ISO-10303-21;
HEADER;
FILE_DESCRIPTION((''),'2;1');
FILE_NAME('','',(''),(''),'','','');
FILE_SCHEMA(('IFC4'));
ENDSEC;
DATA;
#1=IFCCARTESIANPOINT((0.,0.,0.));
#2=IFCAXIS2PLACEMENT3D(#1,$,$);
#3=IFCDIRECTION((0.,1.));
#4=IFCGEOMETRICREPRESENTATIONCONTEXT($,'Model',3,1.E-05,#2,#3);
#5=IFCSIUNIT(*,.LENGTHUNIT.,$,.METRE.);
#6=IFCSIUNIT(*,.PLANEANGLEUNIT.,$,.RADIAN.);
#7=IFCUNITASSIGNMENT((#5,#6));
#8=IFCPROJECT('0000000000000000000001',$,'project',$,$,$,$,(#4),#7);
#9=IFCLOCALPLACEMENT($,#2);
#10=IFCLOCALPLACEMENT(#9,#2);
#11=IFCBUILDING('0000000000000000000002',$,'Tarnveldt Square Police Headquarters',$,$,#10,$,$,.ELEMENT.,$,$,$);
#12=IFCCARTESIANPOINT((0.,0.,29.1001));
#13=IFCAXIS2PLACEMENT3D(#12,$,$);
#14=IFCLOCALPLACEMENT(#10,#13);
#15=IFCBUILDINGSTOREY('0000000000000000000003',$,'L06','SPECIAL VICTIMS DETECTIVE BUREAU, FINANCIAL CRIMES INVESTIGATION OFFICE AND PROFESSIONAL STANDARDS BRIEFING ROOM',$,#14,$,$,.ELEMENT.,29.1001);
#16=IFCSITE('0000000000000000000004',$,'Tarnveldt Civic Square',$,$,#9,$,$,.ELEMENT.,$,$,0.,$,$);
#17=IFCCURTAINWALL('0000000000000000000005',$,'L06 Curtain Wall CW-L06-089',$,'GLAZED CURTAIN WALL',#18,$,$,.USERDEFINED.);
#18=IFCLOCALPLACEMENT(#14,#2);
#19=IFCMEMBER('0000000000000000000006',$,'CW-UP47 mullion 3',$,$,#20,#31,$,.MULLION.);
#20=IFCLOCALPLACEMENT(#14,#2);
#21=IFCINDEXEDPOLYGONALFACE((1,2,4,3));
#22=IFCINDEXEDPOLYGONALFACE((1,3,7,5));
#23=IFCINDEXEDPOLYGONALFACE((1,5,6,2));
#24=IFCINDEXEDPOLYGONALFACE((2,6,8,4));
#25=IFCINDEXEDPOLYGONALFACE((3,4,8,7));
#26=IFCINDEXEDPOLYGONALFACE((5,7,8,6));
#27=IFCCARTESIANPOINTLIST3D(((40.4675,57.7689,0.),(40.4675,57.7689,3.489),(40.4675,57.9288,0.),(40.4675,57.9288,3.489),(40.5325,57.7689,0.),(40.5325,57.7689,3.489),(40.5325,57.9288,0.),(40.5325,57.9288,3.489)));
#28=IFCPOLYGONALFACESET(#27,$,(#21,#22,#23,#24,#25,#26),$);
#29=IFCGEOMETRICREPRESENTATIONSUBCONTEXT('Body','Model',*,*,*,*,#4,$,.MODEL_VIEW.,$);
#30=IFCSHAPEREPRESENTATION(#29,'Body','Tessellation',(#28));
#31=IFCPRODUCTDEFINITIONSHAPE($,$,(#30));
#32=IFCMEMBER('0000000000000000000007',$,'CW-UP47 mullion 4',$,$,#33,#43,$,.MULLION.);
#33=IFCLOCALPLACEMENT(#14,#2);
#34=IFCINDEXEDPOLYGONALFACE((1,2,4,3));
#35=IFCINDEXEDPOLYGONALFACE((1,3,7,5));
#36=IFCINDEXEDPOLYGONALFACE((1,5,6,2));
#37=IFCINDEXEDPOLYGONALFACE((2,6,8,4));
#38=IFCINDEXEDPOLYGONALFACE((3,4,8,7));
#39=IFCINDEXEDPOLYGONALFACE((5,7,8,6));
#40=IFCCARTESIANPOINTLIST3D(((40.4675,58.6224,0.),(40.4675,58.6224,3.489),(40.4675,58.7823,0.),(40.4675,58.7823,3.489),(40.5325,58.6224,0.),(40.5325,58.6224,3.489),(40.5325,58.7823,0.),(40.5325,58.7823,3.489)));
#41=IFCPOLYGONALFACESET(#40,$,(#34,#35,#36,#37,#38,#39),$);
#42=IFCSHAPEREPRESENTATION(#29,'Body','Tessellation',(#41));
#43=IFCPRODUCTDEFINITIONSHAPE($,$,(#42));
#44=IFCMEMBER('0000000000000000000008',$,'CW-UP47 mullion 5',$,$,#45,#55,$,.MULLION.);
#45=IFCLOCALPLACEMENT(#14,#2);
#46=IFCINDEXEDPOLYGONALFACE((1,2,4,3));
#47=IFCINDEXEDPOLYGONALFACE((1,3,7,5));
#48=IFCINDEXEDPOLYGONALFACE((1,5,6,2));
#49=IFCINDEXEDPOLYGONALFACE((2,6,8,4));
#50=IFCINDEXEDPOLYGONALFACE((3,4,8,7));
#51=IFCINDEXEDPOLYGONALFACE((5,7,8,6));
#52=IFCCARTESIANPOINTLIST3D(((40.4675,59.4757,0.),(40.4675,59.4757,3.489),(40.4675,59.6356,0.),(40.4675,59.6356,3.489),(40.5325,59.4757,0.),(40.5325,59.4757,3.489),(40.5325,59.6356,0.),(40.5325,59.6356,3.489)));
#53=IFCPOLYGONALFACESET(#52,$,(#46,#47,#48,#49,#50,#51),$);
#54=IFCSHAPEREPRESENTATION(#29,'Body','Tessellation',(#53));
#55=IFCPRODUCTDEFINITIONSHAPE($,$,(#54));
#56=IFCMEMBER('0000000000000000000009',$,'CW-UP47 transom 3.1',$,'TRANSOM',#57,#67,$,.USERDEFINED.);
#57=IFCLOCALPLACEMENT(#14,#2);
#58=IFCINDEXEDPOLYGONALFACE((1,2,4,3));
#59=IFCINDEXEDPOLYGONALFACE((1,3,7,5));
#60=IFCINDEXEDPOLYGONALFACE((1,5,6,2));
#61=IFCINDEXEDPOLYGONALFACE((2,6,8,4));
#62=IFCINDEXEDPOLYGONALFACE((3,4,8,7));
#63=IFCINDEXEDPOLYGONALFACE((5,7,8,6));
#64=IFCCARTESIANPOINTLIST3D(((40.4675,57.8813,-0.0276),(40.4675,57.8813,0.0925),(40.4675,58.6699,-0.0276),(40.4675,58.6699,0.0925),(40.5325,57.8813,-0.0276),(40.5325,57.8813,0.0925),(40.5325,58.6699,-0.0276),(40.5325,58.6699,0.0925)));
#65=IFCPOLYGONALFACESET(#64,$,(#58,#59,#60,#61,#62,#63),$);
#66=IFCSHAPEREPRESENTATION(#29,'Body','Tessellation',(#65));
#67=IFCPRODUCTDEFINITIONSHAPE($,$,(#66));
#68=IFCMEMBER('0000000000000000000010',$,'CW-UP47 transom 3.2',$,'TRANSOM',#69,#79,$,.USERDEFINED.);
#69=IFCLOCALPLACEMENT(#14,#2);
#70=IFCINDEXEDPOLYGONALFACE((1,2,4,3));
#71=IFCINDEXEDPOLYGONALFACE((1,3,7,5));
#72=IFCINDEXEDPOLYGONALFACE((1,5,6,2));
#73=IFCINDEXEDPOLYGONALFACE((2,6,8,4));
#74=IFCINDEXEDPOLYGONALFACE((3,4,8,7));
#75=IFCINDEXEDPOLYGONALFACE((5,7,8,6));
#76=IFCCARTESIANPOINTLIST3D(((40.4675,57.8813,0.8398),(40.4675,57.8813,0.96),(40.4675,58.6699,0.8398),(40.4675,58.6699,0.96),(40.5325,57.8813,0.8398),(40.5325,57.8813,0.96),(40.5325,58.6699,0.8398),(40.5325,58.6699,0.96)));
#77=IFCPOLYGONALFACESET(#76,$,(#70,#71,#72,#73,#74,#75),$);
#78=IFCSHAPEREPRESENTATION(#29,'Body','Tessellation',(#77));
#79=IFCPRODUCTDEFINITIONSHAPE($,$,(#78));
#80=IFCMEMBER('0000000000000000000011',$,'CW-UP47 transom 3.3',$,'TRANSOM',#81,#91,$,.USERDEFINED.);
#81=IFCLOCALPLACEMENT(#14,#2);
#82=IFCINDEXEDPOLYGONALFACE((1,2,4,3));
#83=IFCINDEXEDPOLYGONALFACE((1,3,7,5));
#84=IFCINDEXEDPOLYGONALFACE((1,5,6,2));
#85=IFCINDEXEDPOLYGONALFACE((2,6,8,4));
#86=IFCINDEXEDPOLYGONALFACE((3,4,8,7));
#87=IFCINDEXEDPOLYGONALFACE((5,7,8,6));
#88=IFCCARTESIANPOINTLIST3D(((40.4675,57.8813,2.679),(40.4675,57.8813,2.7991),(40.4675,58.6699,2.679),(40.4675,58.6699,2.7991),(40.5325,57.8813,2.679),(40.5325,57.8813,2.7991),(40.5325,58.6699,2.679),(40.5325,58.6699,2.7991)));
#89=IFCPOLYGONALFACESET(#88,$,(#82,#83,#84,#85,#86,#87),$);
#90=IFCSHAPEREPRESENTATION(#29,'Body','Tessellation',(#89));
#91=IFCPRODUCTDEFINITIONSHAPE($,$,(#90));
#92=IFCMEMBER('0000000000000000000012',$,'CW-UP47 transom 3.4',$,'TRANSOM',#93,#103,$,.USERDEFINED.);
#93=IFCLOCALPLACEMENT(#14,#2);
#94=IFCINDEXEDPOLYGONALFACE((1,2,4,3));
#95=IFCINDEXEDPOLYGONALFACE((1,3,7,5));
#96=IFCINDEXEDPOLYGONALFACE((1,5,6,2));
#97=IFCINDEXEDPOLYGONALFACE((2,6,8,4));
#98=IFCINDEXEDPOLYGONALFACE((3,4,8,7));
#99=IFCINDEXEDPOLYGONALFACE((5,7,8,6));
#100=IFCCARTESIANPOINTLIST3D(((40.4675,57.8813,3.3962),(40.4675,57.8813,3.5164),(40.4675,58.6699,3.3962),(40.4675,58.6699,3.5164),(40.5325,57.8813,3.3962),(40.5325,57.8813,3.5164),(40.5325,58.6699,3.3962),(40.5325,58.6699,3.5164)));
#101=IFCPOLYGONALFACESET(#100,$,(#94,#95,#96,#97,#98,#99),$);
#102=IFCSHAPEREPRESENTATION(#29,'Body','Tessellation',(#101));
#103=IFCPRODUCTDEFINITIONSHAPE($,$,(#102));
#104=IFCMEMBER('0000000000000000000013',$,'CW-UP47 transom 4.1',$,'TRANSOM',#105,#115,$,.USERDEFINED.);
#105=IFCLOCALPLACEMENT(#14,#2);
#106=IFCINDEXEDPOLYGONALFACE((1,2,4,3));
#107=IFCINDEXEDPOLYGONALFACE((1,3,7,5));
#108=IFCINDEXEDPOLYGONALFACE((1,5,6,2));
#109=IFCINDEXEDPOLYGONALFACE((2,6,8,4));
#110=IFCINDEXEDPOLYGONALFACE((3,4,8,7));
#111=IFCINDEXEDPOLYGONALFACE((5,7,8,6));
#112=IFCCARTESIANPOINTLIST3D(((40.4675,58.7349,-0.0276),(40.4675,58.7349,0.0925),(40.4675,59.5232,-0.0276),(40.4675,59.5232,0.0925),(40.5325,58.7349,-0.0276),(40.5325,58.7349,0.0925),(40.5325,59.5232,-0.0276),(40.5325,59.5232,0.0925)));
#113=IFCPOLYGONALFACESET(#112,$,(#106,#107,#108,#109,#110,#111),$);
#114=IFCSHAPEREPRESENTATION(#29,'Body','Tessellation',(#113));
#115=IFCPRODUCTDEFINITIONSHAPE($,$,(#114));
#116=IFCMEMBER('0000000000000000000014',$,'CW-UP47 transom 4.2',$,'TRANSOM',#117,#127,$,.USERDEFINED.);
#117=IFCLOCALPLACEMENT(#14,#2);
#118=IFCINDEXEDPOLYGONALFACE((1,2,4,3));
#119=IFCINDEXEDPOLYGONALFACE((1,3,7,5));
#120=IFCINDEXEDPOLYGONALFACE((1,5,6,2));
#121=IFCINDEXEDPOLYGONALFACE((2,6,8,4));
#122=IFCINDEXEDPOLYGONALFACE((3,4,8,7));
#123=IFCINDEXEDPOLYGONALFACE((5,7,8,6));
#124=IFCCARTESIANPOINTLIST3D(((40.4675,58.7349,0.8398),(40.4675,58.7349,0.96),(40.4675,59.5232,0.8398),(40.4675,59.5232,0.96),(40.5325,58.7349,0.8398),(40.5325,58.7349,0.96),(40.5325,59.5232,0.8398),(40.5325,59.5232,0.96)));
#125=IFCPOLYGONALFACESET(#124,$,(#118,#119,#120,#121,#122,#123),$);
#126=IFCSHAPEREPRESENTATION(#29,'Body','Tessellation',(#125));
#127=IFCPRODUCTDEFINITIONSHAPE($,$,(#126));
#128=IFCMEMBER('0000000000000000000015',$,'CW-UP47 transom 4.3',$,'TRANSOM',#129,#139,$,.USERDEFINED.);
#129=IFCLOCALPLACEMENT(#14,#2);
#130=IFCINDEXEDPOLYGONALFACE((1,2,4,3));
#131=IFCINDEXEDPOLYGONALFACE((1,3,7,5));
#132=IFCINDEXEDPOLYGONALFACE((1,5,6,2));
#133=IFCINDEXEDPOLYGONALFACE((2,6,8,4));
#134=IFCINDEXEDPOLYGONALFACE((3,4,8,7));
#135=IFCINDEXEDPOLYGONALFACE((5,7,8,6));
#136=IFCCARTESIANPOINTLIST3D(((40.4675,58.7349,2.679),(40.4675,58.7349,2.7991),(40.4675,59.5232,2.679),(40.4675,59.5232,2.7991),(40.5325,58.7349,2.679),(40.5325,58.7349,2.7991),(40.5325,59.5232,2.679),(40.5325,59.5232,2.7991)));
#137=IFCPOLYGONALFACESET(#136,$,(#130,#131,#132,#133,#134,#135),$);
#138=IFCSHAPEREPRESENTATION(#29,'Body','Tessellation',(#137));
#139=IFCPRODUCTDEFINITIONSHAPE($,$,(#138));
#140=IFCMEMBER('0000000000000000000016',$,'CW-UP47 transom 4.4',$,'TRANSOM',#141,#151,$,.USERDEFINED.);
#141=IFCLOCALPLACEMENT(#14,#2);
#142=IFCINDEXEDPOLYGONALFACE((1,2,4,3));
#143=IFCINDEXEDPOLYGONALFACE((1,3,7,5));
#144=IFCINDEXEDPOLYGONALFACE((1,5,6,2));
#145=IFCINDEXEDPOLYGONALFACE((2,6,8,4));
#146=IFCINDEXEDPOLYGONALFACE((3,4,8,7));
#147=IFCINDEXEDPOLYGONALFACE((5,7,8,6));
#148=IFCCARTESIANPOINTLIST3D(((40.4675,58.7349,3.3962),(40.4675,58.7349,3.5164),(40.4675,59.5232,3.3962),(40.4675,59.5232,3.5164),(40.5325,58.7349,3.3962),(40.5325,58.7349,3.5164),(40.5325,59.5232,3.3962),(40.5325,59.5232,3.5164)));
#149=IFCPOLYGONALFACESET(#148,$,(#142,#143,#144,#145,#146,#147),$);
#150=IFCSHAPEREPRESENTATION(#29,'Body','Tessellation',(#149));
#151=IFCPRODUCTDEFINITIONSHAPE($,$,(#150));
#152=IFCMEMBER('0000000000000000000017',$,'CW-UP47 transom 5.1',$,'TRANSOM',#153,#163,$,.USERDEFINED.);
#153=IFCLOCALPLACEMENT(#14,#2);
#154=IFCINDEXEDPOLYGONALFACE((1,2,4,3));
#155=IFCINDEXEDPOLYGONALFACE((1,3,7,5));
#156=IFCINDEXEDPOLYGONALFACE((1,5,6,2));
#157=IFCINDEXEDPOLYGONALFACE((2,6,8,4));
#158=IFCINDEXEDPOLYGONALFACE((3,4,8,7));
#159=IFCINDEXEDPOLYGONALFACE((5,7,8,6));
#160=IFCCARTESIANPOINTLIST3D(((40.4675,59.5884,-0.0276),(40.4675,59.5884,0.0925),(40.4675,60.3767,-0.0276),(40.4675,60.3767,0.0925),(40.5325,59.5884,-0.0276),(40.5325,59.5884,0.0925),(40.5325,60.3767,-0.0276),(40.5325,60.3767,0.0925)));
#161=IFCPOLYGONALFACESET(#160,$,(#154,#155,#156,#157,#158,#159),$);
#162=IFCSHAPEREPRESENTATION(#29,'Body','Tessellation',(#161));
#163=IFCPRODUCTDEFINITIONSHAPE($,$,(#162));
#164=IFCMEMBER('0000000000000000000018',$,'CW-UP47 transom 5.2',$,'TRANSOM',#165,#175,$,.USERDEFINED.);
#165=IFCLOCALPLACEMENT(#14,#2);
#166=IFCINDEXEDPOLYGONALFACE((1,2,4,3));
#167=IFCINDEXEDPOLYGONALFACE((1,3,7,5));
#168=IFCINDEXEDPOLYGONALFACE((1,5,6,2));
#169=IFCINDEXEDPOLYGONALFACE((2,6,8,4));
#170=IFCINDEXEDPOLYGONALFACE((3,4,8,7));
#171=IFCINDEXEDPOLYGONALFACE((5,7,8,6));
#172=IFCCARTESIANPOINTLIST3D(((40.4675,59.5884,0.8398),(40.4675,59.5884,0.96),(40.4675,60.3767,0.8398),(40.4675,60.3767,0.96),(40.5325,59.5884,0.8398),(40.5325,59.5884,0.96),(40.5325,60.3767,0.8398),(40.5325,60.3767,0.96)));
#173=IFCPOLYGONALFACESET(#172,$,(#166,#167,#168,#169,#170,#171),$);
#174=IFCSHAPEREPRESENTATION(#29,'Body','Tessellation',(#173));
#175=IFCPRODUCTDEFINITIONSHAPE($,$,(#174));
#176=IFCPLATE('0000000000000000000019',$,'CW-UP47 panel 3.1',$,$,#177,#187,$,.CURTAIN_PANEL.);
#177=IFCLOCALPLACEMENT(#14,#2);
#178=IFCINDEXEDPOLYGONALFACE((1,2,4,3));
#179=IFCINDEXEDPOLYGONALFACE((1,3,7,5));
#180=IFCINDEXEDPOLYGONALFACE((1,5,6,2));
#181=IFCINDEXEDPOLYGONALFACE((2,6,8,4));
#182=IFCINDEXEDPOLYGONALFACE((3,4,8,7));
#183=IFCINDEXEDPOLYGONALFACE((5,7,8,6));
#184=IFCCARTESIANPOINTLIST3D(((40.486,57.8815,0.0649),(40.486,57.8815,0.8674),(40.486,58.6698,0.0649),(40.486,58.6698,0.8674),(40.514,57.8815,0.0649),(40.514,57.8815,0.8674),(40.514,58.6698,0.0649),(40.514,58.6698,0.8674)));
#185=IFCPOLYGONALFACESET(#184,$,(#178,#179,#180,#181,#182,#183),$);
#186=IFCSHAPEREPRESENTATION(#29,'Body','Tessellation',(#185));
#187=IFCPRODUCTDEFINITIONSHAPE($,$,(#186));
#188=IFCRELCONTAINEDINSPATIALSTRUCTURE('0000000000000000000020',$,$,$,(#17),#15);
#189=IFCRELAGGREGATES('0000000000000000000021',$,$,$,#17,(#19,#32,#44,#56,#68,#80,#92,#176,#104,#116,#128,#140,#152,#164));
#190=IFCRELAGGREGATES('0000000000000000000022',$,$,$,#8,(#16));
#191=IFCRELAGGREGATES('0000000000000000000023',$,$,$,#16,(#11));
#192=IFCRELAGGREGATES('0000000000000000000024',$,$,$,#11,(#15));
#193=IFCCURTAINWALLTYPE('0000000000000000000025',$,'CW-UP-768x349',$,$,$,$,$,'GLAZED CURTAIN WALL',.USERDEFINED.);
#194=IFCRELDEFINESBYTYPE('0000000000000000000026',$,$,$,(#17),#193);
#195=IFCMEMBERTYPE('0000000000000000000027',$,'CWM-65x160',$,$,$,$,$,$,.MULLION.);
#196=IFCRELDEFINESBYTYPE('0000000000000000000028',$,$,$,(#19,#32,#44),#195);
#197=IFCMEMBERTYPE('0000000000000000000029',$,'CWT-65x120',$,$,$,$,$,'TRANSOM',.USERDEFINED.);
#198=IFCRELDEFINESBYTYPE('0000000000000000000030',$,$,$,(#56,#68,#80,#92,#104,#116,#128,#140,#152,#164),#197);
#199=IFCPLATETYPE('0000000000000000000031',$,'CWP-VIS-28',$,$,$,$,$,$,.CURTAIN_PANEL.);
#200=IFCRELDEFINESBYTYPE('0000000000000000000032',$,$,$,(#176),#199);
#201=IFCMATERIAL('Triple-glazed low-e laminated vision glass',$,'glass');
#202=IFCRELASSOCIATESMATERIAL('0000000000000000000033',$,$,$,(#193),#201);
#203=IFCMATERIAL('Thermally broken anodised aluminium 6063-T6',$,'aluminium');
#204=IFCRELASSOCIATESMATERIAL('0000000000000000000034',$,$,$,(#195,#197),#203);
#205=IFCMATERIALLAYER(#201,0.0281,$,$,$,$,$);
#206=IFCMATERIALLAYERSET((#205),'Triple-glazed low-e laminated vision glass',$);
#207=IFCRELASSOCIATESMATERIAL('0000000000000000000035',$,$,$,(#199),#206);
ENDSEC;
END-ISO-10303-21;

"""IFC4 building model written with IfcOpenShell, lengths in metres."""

from ifc_helpers import new_model, si_unit, direction, frame, origin, origin_2d, place, context, subcontext, project, spatial, rectangle, extrude, material, layer, layer_set, material_profile, profile_set, type_object, element, aggregate, save


model = new_model("IFC4")

# Units and contexts
model_context = context("Model", 3, precision=1e-05, world=origin(), true_north=direction((0.0, 1.0)))
body_context = subcontext(model_context, "Body", "Model", "MODEL_VIEW")
ifc_project = project(units=[si_unit("LENGTHUNIT", "METRE"), si_unit("PLANEANGLEUNIT", "RADIAN")], contexts=[model_context])

# Site, building, storey
site_placement = place(None, origin())
site = spatial("IfcSite", under=ifc_project, at=site_placement, Name="Tarnveldt Civic Square", CompositionType="ELEMENT", RefElevation=0.0)
building_placement = place(site_placement, origin())
building = spatial("IfcBuilding", under=site, at=building_placement, Name="Tarnveldt Square Police Headquarters", CompositionType="ELEMENT")
storey_placement = place(building_placement, frame((0.0, 0.0, 29.1001)))
storey = spatial("IfcBuildingStorey", under=building, at=storey_placement, Name="L06", Description="SPECIAL VICTIMS DETECTIVE BUREAU, FINANCIAL CRIMES INVESTIGATION OFFICE AND PROFESSIONAL STANDARDS BRIEFING ROOM", CompositionType="ELEMENT", Elevation=29.1001)

# Curtain wall, members, plate
ifc_material_1 = material(Name="Triple-glazed low-e laminated vision glass", Category="glass")
curtain_wall_type = type_object("IfcCurtainWallType", Name="CW-UP-768x349", ElementType="GLAZED CURTAIN WALL", PredefinedType="USERDEFINED", material=ifc_material_1)
curtain_wall_placement = place(storey_placement, origin())
curtain_wall = element("IfcCurtainWall", 1, at=curtain_wall_placement, inside=storey, type_object=curtain_wall_type, Name="L06 Curtain Wall CW-L06-089", ObjectType="GLAZED CURTAIN WALL", PredefinedType="USERDEFINED")
ifc_material_2 = material(Name="Thermally broken anodised aluminium 6063-T6", Category="aluminium")
ifc_material_profile_1 = material_profile(ifc_material_2, rectangle(XDim=0.0649, YDim=0.1599, at=origin_2d()), Name="CW-M65x160")
ifc_profile_set_1 = profile_set([ifc_material_profile_1], Name="Thermally broken anodised aluminium 6063-T6")
member_type_1 = type_object("IfcMemberType", Name="CWM-65x160", PredefinedType="MULLION", material=ifc_profile_set_1)
member_1_placement = place(storey_placement, frame((40.5, 57.8489, 0.0), z_axis=(0.0, 0.0, 1.0), x_axis=(-1.0, 0.0, 0.0)))
member_1 = element("IfcMember", 2, at=member_1_placement, type_object=member_type_1, Name="CW-UP47 mullion 3", PredefinedType="MULLION", context=body_context, shape_type="SweptSolid", body=[
    extrude(rectangle(XDim=0.0649, YDim=0.1599, at=origin_2d()), origin(), (0.0, 0.0, 1.0), 3.489),
])
member_2_placement = place(storey_placement, frame((40.5, 58.7024, 0.0), z_axis=(0.0, 0.0, 1.0), x_axis=(-1.0, 0.0, 0.0)))
member_2 = element("IfcMember", 3, at=member_2_placement, type_object=member_type_1, Name="CW-UP47 mullion 4", PredefinedType="MULLION", context=body_context, shape_type="SweptSolid", body=[
    extrude(rectangle(XDim=0.0649, YDim=0.1599, at=origin_2d()), origin(), (0.0, 0.0, 1.0), 3.489),
])
member_3_placement = place(storey_placement, frame((40.5, 59.5557, 0.0), z_axis=(0.0, 0.0, 1.0), x_axis=(-1.0, 0.0, 0.0)))
member_3 = element("IfcMember", 4, at=member_3_placement, type_object=member_type_1, Name="CW-UP47 mullion 5", PredefinedType="MULLION", context=body_context, shape_type="SweptSolid", body=[
    extrude(rectangle(XDim=0.0649, YDim=0.1599, at=origin_2d()), origin(), (0.0, 0.0, 1.0), 3.489),
])
ifc_material_profile_2 = material_profile(ifc_material_2, rectangle(XDim=0.0649, YDim=0.1201, at=origin_2d()), Name="CW-T65x120")
ifc_profile_set_2 = profile_set([ifc_material_profile_2], Name="Thermally broken anodised aluminium 6063-T6")
member_type_2 = type_object("IfcMemberType", Name="CWT-65x120", ElementType="TRANSOM", PredefinedType="USERDEFINED", material=ifc_profile_set_2)
member_4_placement = place(storey_placement, frame((40.5, 57.8813, 0.0325), z_axis=(0.0, 1.0, 0.0), x_axis=(-1.0, 0.0, 0.0)))
member_4 = element("IfcMember", 5, at=member_4_placement, type_object=member_type_2, Name="CW-UP47 transom 3.1", ObjectType="TRANSOM", PredefinedType="USERDEFINED", context=body_context, shape_type="SweptSolid", body=[
    extrude(rectangle(XDim=0.0649, YDim=0.1201, at=origin_2d()), origin(), (0.0, 0.0, 1.0), 0.7886),
])
member_5_placement = place(storey_placement, frame((40.5, 57.8813, 0.8999), z_axis=(0.0, 1.0, 0.0), x_axis=(-1.0, 0.0, 0.0)))
member_5 = element("IfcMember", 6, at=member_5_placement, type_object=member_type_2, Name="CW-UP47 transom 3.2", ObjectType="TRANSOM", PredefinedType="USERDEFINED", context=body_context, shape_type="SweptSolid", body=[
    extrude(rectangle(XDim=0.0649, YDim=0.1201, at=origin_2d()), origin(), (0.0, 0.0, 1.0), 0.7886),
])
member_6_placement = place(storey_placement, frame((40.5, 57.8813, 2.739), z_axis=(0.0, 1.0, 0.0), x_axis=(-1.0, 0.0, 0.0)))
member_6 = element("IfcMember", 7, at=member_6_placement, type_object=member_type_2, Name="CW-UP47 transom 3.3", ObjectType="TRANSOM", PredefinedType="USERDEFINED", context=body_context, shape_type="SweptSolid", body=[
    extrude(rectangle(XDim=0.0649, YDim=0.1201, at=origin_2d()), origin(), (0.0, 0.0, 1.0), 0.7886),
])
member_7_placement = place(storey_placement, frame((40.5, 57.8813, 3.4563), z_axis=(0.0, 1.0, 0.0), x_axis=(-1.0, 0.0, 0.0)))
member_7 = element("IfcMember", 8, at=member_7_placement, type_object=member_type_2, Name="CW-UP47 transom 3.4", ObjectType="TRANSOM", PredefinedType="USERDEFINED", context=body_context, shape_type="SweptSolid", body=[
    extrude(rectangle(XDim=0.0649, YDim=0.1201, at=origin_2d()), origin(), (0.0, 0.0, 1.0), 0.7886),
])
member_8_placement = place(storey_placement, frame((40.5, 58.7349, 0.0325), z_axis=(0.0, 1.0, 0.0), x_axis=(-1.0, 0.0, 0.0)))
member_8 = element("IfcMember", 9, at=member_8_placement, type_object=member_type_2, Name="CW-UP47 transom 4.1", ObjectType="TRANSOM", PredefinedType="USERDEFINED", context=body_context, shape_type="SweptSolid", body=[
    extrude(rectangle(XDim=0.0649, YDim=0.1201, at=origin_2d()), origin(), (0.0, 0.0, 1.0), 0.7883),
])
member_9_placement = place(storey_placement, frame((40.5, 58.7349, 0.8999), z_axis=(0.0, 1.0, 0.0), x_axis=(-1.0, 0.0, 0.0)))
member_9 = element("IfcMember", 10, at=member_9_placement, type_object=member_type_2, Name="CW-UP47 transom 4.2", ObjectType="TRANSOM", PredefinedType="USERDEFINED", context=body_context, shape_type="SweptSolid", body=[
    extrude(rectangle(XDim=0.0649, YDim=0.1201, at=origin_2d()), origin(), (0.0, 0.0, 1.0), 0.7883),
])
member_10_placement = place(storey_placement, frame((40.5, 58.7349, 2.739), z_axis=(0.0, 1.0, 0.0), x_axis=(-1.0, 0.0, 0.0)))
member_10 = element("IfcMember", 11, at=member_10_placement, type_object=member_type_2, Name="CW-UP47 transom 4.3", ObjectType="TRANSOM", PredefinedType="USERDEFINED", context=body_context, shape_type="SweptSolid", body=[
    extrude(rectangle(XDim=0.0649, YDim=0.1201, at=origin_2d()), origin(), (0.0, 0.0, 1.0), 0.7883),
])
member_11_placement = place(storey_placement, frame((40.5, 58.7349, 3.4563), z_axis=(0.0, 1.0, 0.0), x_axis=(-1.0, 0.0, 0.0)))
member_11 = element("IfcMember", 12, at=member_11_placement, type_object=member_type_2, Name="CW-UP47 transom 4.4", ObjectType="TRANSOM", PredefinedType="USERDEFINED", context=body_context, shape_type="SweptSolid", body=[
    extrude(rectangle(XDim=0.0649, YDim=0.1201, at=origin_2d()), origin(), (0.0, 0.0, 1.0), 0.7883),
])
member_12_placement = place(storey_placement, frame((40.5, 59.5884, 0.0325), z_axis=(0.0, 1.0, 0.0), x_axis=(-1.0, 0.0, 0.0)))
member_12 = element("IfcMember", 13, at=member_12_placement, type_object=member_type_2, Name="CW-UP47 transom 5.1", ObjectType="TRANSOM", PredefinedType="USERDEFINED", context=body_context, shape_type="SweptSolid", body=[
    extrude(rectangle(XDim=0.0649, YDim=0.1201, at=origin_2d()), origin(), (0.0, 0.0, 1.0), 0.7883),
])
member_13_placement = place(storey_placement, frame((40.5, 59.5884, 0.8999), z_axis=(0.0, 1.0, 0.0), x_axis=(-1.0, 0.0, 0.0)))
member_13 = element("IfcMember", 14, at=member_13_placement, type_object=member_type_2, Name="CW-UP47 transom 5.2", ObjectType="TRANSOM", PredefinedType="USERDEFINED", context=body_context, shape_type="SweptSolid", body=[
    extrude(rectangle(XDim=0.0649, YDim=0.1201, at=origin_2d()), origin(), (0.0, 0.0, 1.0), 0.7883),
])
ifc_layer = layer(ifc_material_1, 0.0281)
ifc_layer_set = layer_set([ifc_layer], Name="Triple-glazed low-e laminated vision glass")
plate_type = type_object("IfcPlateType", Name="CWP-VIS-28", PredefinedType="CURTAIN_PANEL", material=ifc_layer_set)
plate_1_placement = place(storey_placement, frame((40.5, 58.2756, 0.0649), z_axis=(0.0, 0.0, 1.0), x_axis=(0.0, 1.0, 0.0)))
plate_1 = element("IfcPlate", 15, at=plate_1_placement, type_object=plate_type, Name="CW-UP47 panel 3.1", PredefinedType="CURTAIN_PANEL", context=body_context, shape_type="SweptSolid", body=[
    extrude(rectangle(XDim=0.7883, YDim=0.0281, at=origin_2d()), origin(), (0.0, 0.0, 1.0), 0.8025),
])
aggregate(curtain_wall, [member_1, member_2, member_3, member_4, member_5, member_6, member_7, plate_1, member_8, member_9, member_10, member_11, member_12, member_13])

save(model, "model.ifc")
